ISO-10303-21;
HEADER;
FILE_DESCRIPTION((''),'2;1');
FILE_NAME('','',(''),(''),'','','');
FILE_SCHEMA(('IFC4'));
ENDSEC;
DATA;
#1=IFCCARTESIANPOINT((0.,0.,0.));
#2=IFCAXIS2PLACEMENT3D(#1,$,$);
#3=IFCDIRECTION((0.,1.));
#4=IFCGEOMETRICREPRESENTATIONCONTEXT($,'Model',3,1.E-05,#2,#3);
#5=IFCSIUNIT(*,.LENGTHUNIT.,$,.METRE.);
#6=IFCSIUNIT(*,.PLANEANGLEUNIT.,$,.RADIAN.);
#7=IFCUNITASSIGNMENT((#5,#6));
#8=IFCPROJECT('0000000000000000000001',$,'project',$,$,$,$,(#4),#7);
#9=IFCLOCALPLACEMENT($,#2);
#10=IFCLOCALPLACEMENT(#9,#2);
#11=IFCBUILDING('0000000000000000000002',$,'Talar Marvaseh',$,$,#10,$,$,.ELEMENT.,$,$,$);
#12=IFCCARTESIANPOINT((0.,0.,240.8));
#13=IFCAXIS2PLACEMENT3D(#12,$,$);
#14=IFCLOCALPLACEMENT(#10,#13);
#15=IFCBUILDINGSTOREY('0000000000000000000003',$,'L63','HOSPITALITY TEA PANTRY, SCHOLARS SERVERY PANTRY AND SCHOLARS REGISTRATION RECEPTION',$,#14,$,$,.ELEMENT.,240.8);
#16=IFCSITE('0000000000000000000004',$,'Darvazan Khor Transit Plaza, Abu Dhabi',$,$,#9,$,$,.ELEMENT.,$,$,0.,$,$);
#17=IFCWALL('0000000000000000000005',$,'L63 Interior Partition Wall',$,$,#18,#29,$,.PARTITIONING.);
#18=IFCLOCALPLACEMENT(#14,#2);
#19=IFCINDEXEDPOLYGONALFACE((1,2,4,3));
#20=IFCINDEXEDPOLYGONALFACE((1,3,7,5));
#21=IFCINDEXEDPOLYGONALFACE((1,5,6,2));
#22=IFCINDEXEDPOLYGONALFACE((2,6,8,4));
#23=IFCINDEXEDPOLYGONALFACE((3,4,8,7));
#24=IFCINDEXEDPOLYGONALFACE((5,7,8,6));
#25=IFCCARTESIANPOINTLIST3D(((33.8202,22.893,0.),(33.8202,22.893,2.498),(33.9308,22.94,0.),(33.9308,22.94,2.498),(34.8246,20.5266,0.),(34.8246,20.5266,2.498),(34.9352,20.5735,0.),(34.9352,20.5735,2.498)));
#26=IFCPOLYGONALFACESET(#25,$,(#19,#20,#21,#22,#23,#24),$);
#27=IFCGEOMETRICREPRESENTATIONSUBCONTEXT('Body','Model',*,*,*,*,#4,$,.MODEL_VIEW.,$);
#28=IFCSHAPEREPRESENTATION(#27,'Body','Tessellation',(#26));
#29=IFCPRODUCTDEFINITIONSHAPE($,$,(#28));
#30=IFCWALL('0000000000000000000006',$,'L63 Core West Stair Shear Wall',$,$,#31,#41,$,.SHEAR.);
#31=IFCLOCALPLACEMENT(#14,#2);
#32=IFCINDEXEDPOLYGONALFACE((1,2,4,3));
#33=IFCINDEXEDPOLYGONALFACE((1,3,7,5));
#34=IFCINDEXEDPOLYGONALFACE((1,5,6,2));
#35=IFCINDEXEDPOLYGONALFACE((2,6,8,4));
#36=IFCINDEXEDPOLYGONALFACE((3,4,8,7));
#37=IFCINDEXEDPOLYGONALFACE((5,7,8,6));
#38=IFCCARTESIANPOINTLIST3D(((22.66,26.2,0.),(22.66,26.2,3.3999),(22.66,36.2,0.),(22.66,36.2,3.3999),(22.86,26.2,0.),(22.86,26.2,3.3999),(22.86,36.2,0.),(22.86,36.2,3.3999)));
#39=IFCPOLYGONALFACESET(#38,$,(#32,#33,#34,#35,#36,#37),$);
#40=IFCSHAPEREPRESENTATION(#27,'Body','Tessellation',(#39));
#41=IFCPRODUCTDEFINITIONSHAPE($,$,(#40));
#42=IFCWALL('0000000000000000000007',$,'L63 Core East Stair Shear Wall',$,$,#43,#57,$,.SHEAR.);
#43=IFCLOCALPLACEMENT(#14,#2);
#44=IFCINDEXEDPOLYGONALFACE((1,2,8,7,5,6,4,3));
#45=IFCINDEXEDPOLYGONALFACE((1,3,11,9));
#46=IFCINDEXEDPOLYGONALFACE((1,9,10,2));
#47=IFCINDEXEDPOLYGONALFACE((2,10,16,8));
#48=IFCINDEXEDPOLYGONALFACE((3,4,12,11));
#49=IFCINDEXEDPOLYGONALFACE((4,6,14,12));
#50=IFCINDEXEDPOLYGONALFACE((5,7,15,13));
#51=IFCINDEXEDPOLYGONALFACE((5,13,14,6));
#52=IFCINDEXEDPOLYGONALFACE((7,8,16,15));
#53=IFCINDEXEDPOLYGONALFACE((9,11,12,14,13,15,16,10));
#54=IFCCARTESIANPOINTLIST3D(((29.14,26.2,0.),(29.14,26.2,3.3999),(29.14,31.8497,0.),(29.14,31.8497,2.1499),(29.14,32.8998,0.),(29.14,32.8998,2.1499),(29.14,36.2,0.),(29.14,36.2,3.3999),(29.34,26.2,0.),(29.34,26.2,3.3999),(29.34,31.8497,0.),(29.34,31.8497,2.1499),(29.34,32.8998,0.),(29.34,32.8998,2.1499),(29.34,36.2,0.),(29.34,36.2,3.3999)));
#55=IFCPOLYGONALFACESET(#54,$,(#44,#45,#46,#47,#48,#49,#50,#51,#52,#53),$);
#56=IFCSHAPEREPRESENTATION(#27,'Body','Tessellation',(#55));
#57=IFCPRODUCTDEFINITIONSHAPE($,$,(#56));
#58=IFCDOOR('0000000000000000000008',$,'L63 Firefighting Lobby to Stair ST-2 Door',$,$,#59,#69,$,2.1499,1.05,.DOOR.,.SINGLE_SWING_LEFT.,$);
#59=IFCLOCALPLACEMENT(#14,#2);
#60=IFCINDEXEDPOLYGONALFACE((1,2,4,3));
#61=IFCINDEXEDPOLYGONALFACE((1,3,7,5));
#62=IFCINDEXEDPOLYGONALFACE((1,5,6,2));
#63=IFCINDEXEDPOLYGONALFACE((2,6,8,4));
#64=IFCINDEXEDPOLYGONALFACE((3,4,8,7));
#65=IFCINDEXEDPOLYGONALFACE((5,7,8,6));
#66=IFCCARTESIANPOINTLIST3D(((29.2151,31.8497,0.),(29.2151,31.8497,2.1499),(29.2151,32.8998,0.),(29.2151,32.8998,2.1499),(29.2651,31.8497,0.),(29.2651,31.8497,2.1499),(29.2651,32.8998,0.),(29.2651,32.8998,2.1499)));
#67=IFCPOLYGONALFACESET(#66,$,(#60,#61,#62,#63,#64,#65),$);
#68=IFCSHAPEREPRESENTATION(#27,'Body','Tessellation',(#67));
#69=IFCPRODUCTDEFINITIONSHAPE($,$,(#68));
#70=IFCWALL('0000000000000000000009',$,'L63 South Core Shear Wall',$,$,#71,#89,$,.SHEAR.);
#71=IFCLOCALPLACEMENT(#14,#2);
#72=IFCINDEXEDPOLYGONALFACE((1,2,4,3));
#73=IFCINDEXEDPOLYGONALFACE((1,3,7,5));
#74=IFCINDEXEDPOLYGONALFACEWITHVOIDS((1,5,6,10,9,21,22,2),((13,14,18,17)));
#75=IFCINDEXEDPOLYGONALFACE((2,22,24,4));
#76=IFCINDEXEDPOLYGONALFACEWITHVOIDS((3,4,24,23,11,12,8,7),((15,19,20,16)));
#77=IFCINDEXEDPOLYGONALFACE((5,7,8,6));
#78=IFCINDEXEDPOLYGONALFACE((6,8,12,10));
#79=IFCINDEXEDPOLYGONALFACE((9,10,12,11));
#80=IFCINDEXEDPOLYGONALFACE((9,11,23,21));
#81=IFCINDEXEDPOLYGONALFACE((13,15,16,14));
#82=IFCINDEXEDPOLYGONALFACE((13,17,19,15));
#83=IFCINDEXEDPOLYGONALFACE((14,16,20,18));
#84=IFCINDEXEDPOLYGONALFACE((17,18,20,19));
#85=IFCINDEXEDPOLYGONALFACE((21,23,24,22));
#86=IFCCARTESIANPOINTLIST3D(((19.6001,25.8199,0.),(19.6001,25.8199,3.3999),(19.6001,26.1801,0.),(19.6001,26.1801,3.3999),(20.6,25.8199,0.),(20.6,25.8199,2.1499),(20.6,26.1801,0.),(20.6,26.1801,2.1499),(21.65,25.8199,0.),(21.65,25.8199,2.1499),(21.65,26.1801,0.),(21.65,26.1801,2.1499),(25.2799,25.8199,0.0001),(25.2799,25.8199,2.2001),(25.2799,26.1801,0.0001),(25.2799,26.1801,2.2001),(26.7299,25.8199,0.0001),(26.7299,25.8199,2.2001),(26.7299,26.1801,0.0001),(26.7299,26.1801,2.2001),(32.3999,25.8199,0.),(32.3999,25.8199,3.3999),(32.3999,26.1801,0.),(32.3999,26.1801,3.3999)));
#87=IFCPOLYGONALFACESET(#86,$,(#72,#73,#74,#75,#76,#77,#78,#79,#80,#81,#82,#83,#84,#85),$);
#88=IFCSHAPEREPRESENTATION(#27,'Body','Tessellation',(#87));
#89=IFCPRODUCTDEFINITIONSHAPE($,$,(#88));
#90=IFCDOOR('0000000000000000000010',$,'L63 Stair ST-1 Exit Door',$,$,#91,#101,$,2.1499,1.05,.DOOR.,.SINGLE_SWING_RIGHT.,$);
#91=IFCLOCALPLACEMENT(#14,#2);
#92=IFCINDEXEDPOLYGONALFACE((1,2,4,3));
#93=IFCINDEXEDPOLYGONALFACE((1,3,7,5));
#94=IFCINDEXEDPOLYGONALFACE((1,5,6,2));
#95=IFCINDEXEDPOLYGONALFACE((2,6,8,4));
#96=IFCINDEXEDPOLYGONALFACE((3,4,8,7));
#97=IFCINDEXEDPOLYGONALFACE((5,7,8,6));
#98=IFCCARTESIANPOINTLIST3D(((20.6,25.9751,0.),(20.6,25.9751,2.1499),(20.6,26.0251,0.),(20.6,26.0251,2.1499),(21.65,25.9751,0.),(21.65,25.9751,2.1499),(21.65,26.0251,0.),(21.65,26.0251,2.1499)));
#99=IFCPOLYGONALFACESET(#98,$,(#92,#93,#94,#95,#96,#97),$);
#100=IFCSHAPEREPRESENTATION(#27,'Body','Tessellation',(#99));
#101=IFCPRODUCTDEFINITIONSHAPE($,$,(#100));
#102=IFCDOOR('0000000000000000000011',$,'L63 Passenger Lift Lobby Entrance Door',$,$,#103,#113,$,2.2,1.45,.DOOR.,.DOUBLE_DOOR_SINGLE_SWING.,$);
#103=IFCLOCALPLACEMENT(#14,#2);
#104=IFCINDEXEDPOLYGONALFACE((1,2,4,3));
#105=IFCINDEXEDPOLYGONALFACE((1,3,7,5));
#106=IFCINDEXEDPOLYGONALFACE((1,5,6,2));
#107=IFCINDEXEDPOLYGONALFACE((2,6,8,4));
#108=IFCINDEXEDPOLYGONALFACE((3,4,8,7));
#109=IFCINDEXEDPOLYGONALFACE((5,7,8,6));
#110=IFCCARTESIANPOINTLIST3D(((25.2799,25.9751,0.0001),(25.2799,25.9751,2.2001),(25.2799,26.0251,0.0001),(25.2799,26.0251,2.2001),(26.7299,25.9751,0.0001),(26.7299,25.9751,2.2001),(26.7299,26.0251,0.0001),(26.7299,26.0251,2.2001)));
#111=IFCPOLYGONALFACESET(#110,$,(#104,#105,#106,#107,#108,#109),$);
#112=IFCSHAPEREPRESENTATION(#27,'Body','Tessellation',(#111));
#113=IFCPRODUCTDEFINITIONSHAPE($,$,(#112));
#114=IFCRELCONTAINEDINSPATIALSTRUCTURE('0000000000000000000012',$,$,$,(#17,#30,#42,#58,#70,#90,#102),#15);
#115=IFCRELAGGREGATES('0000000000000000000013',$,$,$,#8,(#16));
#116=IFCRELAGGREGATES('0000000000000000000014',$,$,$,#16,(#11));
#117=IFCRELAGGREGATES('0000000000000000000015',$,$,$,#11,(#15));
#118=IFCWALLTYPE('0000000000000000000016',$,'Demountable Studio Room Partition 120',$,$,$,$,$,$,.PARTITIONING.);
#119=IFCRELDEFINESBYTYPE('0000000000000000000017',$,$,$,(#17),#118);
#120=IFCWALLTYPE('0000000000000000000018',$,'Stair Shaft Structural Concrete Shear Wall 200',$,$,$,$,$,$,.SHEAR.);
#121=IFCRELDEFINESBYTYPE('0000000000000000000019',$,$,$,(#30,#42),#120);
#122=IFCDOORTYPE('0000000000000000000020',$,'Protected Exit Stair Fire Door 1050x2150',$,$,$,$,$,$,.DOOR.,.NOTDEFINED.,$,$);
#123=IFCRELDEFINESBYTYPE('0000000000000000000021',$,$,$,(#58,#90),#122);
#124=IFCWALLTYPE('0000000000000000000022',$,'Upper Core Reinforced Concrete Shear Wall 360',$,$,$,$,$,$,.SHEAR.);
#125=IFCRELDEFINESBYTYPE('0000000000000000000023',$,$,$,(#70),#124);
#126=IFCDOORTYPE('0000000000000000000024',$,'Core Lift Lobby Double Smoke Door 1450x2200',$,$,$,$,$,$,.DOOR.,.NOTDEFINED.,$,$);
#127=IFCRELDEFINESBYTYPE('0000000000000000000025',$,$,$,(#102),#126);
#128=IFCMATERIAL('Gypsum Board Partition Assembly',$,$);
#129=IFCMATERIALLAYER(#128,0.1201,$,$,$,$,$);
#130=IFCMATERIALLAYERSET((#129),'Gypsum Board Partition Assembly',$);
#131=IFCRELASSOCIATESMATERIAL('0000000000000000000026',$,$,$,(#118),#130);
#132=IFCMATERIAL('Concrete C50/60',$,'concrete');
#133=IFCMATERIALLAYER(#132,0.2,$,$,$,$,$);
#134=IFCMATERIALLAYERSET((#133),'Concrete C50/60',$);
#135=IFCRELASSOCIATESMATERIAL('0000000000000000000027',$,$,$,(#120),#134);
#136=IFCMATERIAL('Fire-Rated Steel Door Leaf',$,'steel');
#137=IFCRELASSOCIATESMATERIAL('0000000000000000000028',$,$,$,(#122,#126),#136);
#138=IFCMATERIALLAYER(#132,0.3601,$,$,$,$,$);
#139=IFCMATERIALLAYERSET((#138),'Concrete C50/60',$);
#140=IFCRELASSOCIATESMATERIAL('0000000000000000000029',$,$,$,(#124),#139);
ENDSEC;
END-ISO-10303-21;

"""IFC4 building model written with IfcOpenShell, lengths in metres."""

from ifc_helpers import new_model, si_unit, direction, frame, frame_2d, origin, place, context, subcontext, project, spatial, rectangle, extrude, source, transform, mapped, material, layer, layer_set, type_object, type_shapes, element, fill, save


model = new_model("IFC4")

# Units and contexts
model_context = context("Model", 3, precision=1e-05, world=origin(), true_north=direction((0.0, 1.0)))
body_context = subcontext(model_context, "Body", "Model", "MODEL_VIEW")
ifc_project = project(units=[si_unit("LENGTHUNIT", "METRE"), si_unit("PLANEANGLEUNIT", "RADIAN")], contexts=[model_context])

# Site, building, storey
site_placement = place(None, origin())
site = spatial("IfcSite", under=ifc_project, at=site_placement, Name="Darvazan Khor Transit Plaza, Abu Dhabi", CompositionType="ELEMENT", RefElevation=0.0)
building_placement = place(site_placement, origin())
building = spatial("IfcBuilding", under=site, at=building_placement, Name="Talar Marvaseh", CompositionType="ELEMENT")
storey_placement = place(building_placement, frame((0.0, 0.0, 240.8)))
storey = spatial("IfcBuildingStorey", under=building, at=storey_placement, Name="L63", Description="HOSPITALITY TEA PANTRY, SCHOLARS SERVERY PANTRY AND SCHOLARS REGISTRATION RECEPTION", CompositionType="ELEMENT", Elevation=240.8)

# Shared definitions
ifc_material_1 = material(Name="Concrete C50/60", Category="concrete")

# Shared definitions
ifc_material_2 = material(Name="Gypsum Board Partition Assembly")
ifc_material_3 = material(Name="Fire-Rated Steel Door Leaf", Category="steel")

# Walls
ifc_layer_1 = layer(ifc_material_2, 0.1201)
ifc_layer_set_1 = layer_set([ifc_layer_1], Name="Gypsum Board Partition Assembly")
wall_type_1 = type_object("IfcWallType", Name="Demountable Studio Room Partition 120", PredefinedType="PARTITIONING", material=ifc_layer_set_1)
wall_1_placement = place(storey_placement, frame((33.8755, 22.9165, 0.0), z_axis=(0.0, 0.0, 1.0), x_axis=(0.390696, -0.92052, 0.0)))
element("IfcWall", 1, at=wall_1_placement, inside=storey, type_object=wall_type_1, Name="L63 Interior Partition Wall", PredefinedType="PARTITIONING", context=body_context, shape_type="SweptSolid", body=[
    extrude(rectangle(XDim=2.5708, YDim=0.1201, at=frame_2d((1.2854, 0.0))), origin(), (0.0, 0.0, 1.0), 2.498),
])
ifc_layer_2 = layer(ifc_material_1, 0.2)
ifc_layer_set_2 = layer_set([ifc_layer_2], Name="Concrete C50/60")
wall_type_2 = type_object("IfcWallType", Name="Stair Shaft Structural Concrete Shear Wall 200", PredefinedType="SHEAR", material=ifc_layer_set_2)
wall_2_placement = place(storey_placement, frame((22.76, 26.2, 0.0), z_axis=(0.0, 0.0, 1.0), x_axis=(0.0, 1.0, 0.0)))
element("IfcWall", 2, at=wall_2_placement, inside=storey, type_object=wall_type_2, Name="L63 Core West Stair Shear Wall", PredefinedType="SHEAR", context=body_context, shape_type="SweptSolid", body=[
    extrude(rectangle(XDim=10.0, YDim=0.2, at=frame_2d((5.0, 0.0))), origin(), (0.0, 0.0, 1.0), 3.3999),
])

# Wall, opening, door
wall_3_placement = place(storey_placement, frame((29.24, 26.2, 0.0), z_axis=(0.0, 0.0, 1.0), x_axis=(0.0, 1.0, 0.0)))
wall_3 = element("IfcWall", 3, at=wall_3_placement, inside=storey, type_object=wall_type_2, Name="L63 Core East Stair Shear Wall", PredefinedType="SHEAR", context=body_context, shape_type="SweptSolid", body=[
    extrude(rectangle(XDim=10.0, YDim=0.2, at=frame_2d((5.0, 0.0))), origin(), (0.0, 0.0, 1.0), 3.3999),
])
opening_1_placement = place(wall_3_placement, frame((5.6499, 0.0, 0.0)))
opening_1 = element("IfcOpeningElement", 4, at=opening_1_placement, cuts=wall_3, PredefinedType="OPENING", context=body_context, shape_type="SweptSolid", body=[
    extrude(rectangle(XDim=1.05, YDim=2.1499, at=frame_2d((0.5249, 1.075))), frame((0.0, 0.1099, 0.0), z_axis=(0.0, -1.0, 0.0), x_axis=(1.0, 0.0, 0.0)), (0.0, 0.0, 1.0), 0.22),
])
door_type_1 = type_object("IfcDoorType", Name="Protected Exit Stair Fire Door 1050x2150", OperationType="NOTDEFINED", PredefinedType="DOOR", material=ifc_material_3)
shared_shape_1 = source(origin(), body_context, "Body", "SweptSolid", [
    extrude(rectangle(XDim=1.05, YDim=2.1499, at=frame_2d((0.5249, 1.075))), frame((0.0, 0.0249, 0.0), z_axis=(0.0, -1.0, 0.0), x_axis=(1.0, 0.0, 0.0)), (0.0, 0.0, 1.0), 0.05),
])
type_shapes(door_type_1, [shared_shape_1])
door_1_placement = place(opening_1_placement, origin())
door_1 = element("IfcDoor", 5, at=door_1_placement, inside=storey, type_object=door_type_1, Name="L63 Firefighting Lobby to Stair ST-2 Door", OperationType="SINGLE_SWING_LEFT", OverallHeight=2.1499, OverallWidth=1.05, PredefinedType="DOOR", context=body_context, shape_type="MappedRepresentation", body=[
    mapped(shared_shape_1, transform((0.0, 0.0, 0.0), x_axis=(1.0, 0.0, 0.0), y_axis=(0.0, 1.0, 0.0), z_axis=(0.0, 0.0, 1.0), scale=1.0)),
])
fill(opening_1, door_1)

# Wall, openings, doors
ifc_layer_3 = layer(ifc_material_1, 0.3601)
ifc_layer_set_3 = layer_set([ifc_layer_3], Name="Concrete C50/60")
wall_type_3 = type_object("IfcWallType", Name="Upper Core Reinforced Concrete Shear Wall 360", PredefinedType="SHEAR", material=ifc_layer_set_3)
wall_4_placement = place(storey_placement, frame((32.3999, 26.0, 0.0), z_axis=(0.0, 0.0, 1.0), x_axis=(-1.0, 0.0, 0.0)))
wall_4 = element("IfcWall", 6, at=wall_4_placement, inside=storey, type_object=wall_type_3, Name="L63 South Core Shear Wall", PredefinedType="SHEAR", context=body_context, shape_type="SweptSolid", body=[
    extrude(rectangle(XDim=12.7998, YDim=0.3601, at=frame_2d((6.3999, 0.0))), origin(), (0.0, 0.0, 1.0), 3.3999),
])
opening_2_placement = place(wall_4_placement, frame((10.75, 0.0, 0.0)))
opening_2 = element("IfcOpeningElement", 7, at=opening_2_placement, cuts=wall_4, PredefinedType="OPENING", context=body_context, shape_type="SweptSolid", body=[
    extrude(rectangle(XDim=1.05, YDim=2.1499, at=frame_2d((0.5249, 1.075))), frame((0.0, 0.1899, 0.0), z_axis=(0.0, -1.0, 0.0), x_axis=(1.0, 0.0, 0.0)), (0.0, 0.0, 1.0), 0.3801),
])
opening_3_placement = place(wall_4_placement, frame((5.6699, 0.0, 0.0)))
opening_3 = element("IfcOpeningElement", 8, at=opening_3_placement, cuts=wall_4, PredefinedType="OPENING", context=body_context, shape_type="SweptSolid", body=[
    extrude(rectangle(XDim=1.45, YDim=2.2, at=frame_2d((0.7251, 1.1001))), frame((0.0, 0.1899, 0.0), z_axis=(0.0, -1.0, 0.0), x_axis=(1.0, 0.0, 0.0)), (0.0, 0.0, 1.0), 0.3801),
])
door_2_placement = place(opening_2_placement, origin())
door_2 = element("IfcDoor", 9, at=door_2_placement, inside=storey, type_object=door_type_1, Name="L63 Stair ST-1 Exit Door", OperationType="SINGLE_SWING_RIGHT", OverallHeight=2.1499, OverallWidth=1.05, PredefinedType="DOOR", context=body_context, shape_type="MappedRepresentation", body=[
    mapped(shared_shape_1, transform((0.0, 0.0, 0.0), x_axis=(1.0, 0.0, 0.0), y_axis=(0.0, 1.0, 0.0), z_axis=(0.0, 0.0, 1.0), scale=1.0)),
])
fill(opening_2, door_2)
door_type_2 = type_object("IfcDoorType", Name="Core Lift Lobby Double Smoke Door 1450x2200", OperationType="NOTDEFINED", PredefinedType="DOOR", material=ifc_material_3)
shared_shape_2 = source(origin(), body_context, "Body", "SweptSolid", [
    extrude(rectangle(XDim=1.45, YDim=2.2, at=frame_2d((0.7251, 1.1001))), frame((0.0, 0.0249, 0.0), z_axis=(0.0, -1.0, 0.0), x_axis=(1.0, 0.0, 0.0)), (0.0, 0.0, 1.0), 0.05),
])
type_shapes(door_type_2, [shared_shape_2])
door_3_placement = place(opening_3_placement, origin())
door_3 = element("IfcDoor", 10, at=door_3_placement, inside=storey, type_object=door_type_2, Name="L63 Passenger Lift Lobby Entrance Door", OperationType="DOUBLE_DOOR_SINGLE_SWING", OverallHeight=2.2, OverallWidth=1.45, PredefinedType="DOOR", context=body_context, shape_type="MappedRepresentation", body=[
    mapped(shared_shape_2, transform((0.0, 0.0, 0.0), x_axis=(1.0, 0.0, 0.0), y_axis=(0.0, 1.0, 0.0), z_axis=(0.0, 0.0, 1.0), scale=1.0)),
])
fill(opening_3, door_3)

save(model, "model.ifc")
